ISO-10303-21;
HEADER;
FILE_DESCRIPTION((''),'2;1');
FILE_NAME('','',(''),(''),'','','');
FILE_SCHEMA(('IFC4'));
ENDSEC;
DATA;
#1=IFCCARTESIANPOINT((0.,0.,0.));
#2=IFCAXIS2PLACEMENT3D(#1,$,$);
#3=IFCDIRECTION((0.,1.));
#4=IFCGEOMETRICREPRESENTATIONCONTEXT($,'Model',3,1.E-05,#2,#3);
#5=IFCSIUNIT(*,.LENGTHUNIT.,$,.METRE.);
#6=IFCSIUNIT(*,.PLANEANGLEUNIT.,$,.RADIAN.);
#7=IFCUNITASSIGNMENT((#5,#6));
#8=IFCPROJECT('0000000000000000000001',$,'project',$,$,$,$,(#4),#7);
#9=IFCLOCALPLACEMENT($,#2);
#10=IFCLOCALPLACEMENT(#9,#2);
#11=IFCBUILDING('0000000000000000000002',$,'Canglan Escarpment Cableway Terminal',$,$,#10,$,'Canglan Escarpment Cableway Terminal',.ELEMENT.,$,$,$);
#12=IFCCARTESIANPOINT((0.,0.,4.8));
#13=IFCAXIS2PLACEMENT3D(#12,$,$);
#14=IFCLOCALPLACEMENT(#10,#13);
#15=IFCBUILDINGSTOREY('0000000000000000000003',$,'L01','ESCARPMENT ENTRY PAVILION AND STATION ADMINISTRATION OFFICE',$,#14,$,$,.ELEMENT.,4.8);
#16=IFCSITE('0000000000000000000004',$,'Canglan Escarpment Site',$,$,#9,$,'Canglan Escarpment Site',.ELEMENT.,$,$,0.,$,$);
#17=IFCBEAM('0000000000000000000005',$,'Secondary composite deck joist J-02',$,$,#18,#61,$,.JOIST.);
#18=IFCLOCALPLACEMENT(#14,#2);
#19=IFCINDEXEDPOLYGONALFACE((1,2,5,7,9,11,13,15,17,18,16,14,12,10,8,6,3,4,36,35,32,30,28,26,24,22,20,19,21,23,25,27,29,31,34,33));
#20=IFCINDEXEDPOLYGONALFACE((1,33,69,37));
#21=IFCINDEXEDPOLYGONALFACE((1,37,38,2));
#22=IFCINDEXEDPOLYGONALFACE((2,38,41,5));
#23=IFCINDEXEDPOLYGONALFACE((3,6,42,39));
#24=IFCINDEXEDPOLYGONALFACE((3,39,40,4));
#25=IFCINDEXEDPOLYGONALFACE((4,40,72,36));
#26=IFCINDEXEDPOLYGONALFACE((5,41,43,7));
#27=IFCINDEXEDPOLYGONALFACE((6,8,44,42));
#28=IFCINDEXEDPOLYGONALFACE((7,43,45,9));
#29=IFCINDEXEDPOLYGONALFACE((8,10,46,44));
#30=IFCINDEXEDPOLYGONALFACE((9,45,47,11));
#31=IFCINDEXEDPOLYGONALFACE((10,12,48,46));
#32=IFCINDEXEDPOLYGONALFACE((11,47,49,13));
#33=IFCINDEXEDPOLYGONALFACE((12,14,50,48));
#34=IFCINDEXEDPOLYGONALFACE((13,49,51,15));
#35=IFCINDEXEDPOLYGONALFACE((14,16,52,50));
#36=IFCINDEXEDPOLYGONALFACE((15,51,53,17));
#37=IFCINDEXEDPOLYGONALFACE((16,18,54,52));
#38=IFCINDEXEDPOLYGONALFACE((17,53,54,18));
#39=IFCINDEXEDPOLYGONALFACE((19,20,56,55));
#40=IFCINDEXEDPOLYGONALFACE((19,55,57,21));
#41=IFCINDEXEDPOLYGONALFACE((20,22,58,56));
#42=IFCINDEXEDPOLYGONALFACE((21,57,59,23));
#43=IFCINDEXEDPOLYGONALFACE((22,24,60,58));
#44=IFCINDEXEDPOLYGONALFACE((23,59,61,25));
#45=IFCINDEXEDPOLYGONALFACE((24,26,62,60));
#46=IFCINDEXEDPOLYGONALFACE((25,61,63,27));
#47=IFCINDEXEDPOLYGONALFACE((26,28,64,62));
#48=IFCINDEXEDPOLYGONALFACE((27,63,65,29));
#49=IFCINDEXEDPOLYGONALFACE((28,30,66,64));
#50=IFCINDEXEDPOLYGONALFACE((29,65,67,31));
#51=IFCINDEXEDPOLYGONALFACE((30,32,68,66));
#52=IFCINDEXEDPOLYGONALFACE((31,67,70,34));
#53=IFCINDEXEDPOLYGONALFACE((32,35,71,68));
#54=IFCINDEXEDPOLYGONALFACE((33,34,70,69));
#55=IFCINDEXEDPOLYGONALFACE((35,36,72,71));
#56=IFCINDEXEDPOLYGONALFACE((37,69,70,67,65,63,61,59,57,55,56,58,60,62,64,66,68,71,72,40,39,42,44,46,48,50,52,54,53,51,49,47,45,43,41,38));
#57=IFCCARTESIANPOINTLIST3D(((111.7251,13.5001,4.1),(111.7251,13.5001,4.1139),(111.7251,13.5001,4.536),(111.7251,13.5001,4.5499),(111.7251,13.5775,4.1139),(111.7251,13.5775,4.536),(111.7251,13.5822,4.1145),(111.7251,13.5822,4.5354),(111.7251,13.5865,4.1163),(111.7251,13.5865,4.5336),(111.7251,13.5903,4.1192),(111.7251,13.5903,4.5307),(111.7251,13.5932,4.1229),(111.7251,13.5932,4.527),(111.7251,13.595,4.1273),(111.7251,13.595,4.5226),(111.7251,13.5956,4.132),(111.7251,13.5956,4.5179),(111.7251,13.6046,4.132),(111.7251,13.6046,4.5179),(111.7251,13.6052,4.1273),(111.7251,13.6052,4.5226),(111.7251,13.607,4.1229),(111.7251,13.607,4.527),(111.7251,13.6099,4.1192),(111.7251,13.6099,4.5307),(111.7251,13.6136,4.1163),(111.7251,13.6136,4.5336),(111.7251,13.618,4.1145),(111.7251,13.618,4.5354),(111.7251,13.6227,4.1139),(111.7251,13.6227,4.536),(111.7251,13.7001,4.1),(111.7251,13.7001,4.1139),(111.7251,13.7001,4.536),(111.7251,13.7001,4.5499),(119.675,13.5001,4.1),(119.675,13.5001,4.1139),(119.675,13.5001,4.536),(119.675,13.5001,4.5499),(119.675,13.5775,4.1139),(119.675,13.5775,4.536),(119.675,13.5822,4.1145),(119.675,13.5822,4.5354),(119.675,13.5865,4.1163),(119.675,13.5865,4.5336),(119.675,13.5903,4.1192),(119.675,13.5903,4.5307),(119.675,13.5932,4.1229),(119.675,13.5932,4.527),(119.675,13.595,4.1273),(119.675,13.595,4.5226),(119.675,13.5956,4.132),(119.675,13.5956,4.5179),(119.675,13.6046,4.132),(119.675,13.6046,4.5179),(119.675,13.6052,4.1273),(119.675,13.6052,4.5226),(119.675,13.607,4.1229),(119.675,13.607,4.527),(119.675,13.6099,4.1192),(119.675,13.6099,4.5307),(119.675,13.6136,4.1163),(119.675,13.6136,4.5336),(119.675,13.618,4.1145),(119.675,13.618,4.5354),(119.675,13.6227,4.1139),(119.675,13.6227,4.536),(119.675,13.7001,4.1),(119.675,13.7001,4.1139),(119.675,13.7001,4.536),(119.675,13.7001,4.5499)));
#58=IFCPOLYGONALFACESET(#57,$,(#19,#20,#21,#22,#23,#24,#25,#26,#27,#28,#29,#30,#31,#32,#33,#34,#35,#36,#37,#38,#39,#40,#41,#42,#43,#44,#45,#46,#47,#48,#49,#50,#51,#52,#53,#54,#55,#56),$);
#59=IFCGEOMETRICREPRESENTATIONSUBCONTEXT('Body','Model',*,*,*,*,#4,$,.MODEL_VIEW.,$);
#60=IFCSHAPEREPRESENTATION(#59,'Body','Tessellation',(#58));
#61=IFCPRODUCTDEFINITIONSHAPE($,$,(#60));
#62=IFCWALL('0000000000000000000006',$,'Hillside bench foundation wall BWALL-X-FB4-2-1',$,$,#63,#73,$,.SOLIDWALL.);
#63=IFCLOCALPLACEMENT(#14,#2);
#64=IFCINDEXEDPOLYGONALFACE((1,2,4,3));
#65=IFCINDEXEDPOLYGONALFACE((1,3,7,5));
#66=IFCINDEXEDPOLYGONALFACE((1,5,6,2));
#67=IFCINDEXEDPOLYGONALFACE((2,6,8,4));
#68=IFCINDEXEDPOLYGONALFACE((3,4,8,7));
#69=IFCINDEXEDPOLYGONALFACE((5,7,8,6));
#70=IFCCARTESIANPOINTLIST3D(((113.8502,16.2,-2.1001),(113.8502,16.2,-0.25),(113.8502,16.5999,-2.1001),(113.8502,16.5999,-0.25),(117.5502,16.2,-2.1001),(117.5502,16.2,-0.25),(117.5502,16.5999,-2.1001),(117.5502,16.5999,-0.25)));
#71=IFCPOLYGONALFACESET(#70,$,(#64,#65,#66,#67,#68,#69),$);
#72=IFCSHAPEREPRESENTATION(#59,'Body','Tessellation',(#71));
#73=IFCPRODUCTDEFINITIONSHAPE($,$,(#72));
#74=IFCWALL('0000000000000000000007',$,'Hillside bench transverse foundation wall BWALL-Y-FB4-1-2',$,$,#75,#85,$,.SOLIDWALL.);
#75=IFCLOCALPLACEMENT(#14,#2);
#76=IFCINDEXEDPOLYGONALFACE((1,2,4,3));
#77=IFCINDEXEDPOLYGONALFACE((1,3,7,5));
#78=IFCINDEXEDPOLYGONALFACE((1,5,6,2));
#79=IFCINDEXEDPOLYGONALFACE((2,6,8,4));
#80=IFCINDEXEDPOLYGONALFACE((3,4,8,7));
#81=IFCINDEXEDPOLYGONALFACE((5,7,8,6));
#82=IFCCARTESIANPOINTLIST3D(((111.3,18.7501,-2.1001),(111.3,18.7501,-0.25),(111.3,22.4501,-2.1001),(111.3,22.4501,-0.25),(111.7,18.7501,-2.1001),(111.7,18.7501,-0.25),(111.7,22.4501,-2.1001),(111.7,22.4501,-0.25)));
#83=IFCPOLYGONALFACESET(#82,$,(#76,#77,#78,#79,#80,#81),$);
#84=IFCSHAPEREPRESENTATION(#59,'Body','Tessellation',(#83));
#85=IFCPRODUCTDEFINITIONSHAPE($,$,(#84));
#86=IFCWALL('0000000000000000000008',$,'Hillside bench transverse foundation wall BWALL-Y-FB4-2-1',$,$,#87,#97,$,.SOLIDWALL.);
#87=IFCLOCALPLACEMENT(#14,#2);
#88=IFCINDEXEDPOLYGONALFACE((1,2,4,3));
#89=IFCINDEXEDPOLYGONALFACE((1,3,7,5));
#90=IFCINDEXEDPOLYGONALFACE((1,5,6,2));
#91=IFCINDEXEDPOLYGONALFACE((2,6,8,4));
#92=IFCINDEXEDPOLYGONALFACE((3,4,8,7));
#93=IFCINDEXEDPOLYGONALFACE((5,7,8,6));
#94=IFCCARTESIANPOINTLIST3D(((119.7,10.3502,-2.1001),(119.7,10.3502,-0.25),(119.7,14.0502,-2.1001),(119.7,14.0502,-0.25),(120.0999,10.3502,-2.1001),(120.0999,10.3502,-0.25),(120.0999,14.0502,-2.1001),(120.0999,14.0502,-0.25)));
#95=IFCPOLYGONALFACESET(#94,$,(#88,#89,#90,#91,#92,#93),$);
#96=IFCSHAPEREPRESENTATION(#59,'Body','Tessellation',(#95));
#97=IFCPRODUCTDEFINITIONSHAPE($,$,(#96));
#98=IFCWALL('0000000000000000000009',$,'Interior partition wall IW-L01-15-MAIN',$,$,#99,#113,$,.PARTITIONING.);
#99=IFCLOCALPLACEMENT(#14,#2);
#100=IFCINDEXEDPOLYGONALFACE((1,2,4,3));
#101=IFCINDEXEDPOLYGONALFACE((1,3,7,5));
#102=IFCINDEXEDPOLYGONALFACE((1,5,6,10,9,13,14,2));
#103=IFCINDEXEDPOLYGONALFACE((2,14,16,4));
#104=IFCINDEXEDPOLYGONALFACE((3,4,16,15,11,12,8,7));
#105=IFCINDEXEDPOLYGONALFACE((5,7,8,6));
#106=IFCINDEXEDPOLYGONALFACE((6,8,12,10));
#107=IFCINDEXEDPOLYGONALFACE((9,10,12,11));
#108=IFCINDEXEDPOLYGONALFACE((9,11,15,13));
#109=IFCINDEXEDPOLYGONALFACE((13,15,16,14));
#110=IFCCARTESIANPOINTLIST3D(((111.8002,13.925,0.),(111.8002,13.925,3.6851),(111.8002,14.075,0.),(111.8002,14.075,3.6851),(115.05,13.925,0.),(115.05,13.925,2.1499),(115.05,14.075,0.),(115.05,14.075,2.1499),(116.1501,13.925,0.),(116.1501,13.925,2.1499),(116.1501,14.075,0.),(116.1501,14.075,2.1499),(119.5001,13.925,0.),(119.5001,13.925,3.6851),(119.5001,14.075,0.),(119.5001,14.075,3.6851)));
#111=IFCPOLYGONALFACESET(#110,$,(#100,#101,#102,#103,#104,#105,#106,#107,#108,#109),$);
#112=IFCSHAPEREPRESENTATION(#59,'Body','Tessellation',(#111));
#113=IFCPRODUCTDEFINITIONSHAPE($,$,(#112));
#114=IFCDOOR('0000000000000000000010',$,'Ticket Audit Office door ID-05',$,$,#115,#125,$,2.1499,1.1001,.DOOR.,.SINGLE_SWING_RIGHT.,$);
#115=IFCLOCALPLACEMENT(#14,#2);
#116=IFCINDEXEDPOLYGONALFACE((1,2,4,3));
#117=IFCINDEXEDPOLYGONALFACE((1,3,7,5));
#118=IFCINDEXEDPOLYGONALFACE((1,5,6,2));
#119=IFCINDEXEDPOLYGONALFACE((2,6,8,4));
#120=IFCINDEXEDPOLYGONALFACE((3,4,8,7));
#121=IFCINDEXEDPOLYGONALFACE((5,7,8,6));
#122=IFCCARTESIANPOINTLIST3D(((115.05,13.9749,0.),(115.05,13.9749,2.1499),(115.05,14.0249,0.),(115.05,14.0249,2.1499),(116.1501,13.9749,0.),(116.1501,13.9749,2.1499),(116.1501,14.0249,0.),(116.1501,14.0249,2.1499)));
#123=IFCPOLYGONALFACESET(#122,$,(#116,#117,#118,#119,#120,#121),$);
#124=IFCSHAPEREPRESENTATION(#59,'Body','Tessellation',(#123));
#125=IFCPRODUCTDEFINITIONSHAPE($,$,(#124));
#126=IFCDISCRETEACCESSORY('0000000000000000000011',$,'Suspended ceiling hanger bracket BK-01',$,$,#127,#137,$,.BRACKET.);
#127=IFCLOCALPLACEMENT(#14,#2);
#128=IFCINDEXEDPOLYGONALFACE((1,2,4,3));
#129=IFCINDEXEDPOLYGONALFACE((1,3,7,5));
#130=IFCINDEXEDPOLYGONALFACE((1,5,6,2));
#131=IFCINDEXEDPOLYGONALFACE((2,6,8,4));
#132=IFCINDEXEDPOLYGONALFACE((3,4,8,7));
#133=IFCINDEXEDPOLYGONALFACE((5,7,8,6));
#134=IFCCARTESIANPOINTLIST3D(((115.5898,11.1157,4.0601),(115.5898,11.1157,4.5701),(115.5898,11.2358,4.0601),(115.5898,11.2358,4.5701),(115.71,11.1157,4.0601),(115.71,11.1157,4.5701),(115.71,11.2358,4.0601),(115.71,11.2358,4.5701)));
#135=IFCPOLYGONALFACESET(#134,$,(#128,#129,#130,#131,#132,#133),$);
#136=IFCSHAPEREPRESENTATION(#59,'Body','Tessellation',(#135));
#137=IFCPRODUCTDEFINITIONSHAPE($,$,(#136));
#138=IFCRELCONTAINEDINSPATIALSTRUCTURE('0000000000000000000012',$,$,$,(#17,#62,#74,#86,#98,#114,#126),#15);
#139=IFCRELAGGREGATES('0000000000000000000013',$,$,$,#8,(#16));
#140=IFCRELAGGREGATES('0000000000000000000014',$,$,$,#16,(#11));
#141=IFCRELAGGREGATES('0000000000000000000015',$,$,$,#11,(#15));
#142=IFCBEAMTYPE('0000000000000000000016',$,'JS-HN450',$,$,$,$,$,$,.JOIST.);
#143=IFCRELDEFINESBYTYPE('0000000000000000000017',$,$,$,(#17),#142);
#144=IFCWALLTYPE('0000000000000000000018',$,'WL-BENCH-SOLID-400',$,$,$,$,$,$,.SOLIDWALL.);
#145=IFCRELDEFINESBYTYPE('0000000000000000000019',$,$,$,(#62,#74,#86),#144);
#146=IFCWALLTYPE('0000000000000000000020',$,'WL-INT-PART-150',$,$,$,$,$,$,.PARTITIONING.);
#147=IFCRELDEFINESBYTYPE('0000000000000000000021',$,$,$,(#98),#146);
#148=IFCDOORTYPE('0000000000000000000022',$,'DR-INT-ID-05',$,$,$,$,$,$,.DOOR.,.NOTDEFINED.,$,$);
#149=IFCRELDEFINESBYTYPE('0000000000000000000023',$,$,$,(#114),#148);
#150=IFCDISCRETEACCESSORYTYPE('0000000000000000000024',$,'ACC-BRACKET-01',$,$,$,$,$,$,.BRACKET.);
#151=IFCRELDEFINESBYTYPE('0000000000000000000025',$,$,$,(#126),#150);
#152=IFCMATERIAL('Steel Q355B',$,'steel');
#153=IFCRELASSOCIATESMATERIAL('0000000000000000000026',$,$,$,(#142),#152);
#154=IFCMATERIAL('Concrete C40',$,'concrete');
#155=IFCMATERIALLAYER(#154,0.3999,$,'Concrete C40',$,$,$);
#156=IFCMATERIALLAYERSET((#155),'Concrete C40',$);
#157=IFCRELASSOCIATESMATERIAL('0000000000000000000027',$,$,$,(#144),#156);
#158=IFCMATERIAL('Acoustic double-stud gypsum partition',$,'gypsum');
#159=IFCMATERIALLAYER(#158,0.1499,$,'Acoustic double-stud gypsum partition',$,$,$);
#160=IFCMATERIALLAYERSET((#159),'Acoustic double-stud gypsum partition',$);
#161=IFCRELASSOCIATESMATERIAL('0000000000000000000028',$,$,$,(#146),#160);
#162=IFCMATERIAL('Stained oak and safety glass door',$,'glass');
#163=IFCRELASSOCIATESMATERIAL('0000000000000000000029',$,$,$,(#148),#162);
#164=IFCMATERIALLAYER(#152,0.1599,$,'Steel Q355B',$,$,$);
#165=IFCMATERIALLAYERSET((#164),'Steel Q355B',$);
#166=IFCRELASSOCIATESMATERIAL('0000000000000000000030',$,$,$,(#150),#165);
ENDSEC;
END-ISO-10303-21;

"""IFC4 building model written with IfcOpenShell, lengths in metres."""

from ifc_helpers import new_model, si_unit, direction, frame, frame_2d, origin, origin_2d, place, context, subcontext, project, spatial, rectangle, i_section, extrude, material, layer, layer_set, material_profile, profile_set, type_object, element, fill, save


model = new_model("IFC4")

# Units and contexts
model_context = context("Model", 3, precision=1e-05, world=origin(), true_north=direction((0.0, 1.0)))
body_context = subcontext(model_context, "Body", "Model", "MODEL_VIEW")
ifc_project = project(units=[si_unit("LENGTHUNIT", "METRE"), si_unit("PLANEANGLEUNIT", "RADIAN")], contexts=[model_context])

# Site, building, storey
site_placement = place(None, origin())
site = spatial("IfcSite", under=ifc_project, at=site_placement, Name="Canglan Escarpment Site", LongName="Canglan Escarpment Site", CompositionType="ELEMENT", RefElevation=0.0)
building_placement = place(site_placement, origin())
building = spatial("IfcBuilding", under=site, at=building_placement, Name="Canglan Escarpment Cableway Terminal", LongName="Canglan Escarpment Cableway Terminal", CompositionType="ELEMENT")
storey_placement = place(building_placement, frame((0.0, 0.0, 4.8)))
storey = spatial("IfcBuildingStorey", under=building, at=storey_placement, Name="L01", Description="ESCARPMENT ENTRY PAVILION AND STATION ADMINISTRATION OFFICE", CompositionType="ELEMENT", Elevation=4.8)

# Shared definitions
ifc_material_1 = material(Name="Concrete C40", Category="concrete")

# Beam
ifc_material_2 = material(Name="Steel Q355B", Category="steel")
ifc_material_profile_1 = material_profile(ifc_material_2, i_section(OverallWidth=0.2, OverallDepth=0.45, WebThickness=0.009, FlangeThickness=0.0139, FilletRadius=0.0181, at=origin_2d()), Name="HN 450x200x9x14")
ifc_profile_set_1 = profile_set([ifc_material_profile_1], Name="Steel Q355B")
beam_type_1 = type_object("IfcBeamType", Name="JS-HN450", PredefinedType="JOIST", material=ifc_profile_set_1)
for number, where, z_axis, x_axis, name in (
    (1, (111.7251, 13.6001, 4.325), (1.0, 0.0, 0.0), (0.0, 1.0, 0.0), "Secondary composite deck joist J-02"),
):
    element("IfcBeam", number, at=place(storey_placement, frame(where, z_axis=z_axis, x_axis=x_axis)), inside=storey, type_object=beam_type_1, Name=name, PredefinedType="JOIST", context=body_context, shape_type="SweptSolid", body=[
        extrude(i_section(OverallWidth=0.2, OverallDepth=0.45, WebThickness=0.009, FlangeThickness=0.0139, FilletRadius=0.0181, at=origin_2d()), origin(), (0.0, 0.0, 1.0), 7.95),
    ])

# Walls
ifc_layer_1 = layer(ifc_material_1, 0.3999, Name="Concrete C40")
ifc_layer_set_1 = layer_set([ifc_layer_1], Name="Concrete C40")
wall_type_1 = type_object("IfcWallType", Name="WL-BENCH-SOLID-400", PredefinedType="SOLIDWALL", material=ifc_layer_set_1)
for number, where, z_axis, x_axis, name in (
    (2, (113.8501, 16.3999, -2.1001), (0.0, 0.0, 1.0), (1.0, 0.0, 0.0), "Hillside bench foundation wall BWALL-X-FB4-2-1"),
    (3, (111.5, 18.75, -2.1001), (0.0, 0.0, 1.0), (0.0, 1.0, 0.0), "Hillside bench transverse foundation wall BWALL-Y-FB4-1-2"),
    (4, (119.8999, 10.3501, -2.1001), (0.0, 0.0, 1.0), (0.0, 1.0, 0.0), "Hillside bench transverse foundation wall BWALL-Y-FB4-2-1"),
):
    element("IfcWall", number, at=place(storey_placement, frame(where, z_axis=z_axis, x_axis=x_axis)), inside=storey, type_object=wall_type_1, Name=name, PredefinedType="SOLIDWALL", context=body_context, shape_type="SweptSolid", body=[
        extrude(rectangle(XDim=3.7, YDim=0.3999, at=frame_2d((1.8501, 0.0))), origin(), (0.0, 0.0, 1.0), 1.8501),
    ])

# Wall, opening, door
ifc_material_3 = material(Name="Acoustic double-stud gypsum partition", Category="gypsum")
ifc_layer_2 = layer(ifc_material_3, 0.1499, Name="Acoustic double-stud gypsum partition")
ifc_layer_set_2 = layer_set([ifc_layer_2], Name="Acoustic double-stud gypsum partition")
wall_type_2 = type_object("IfcWallType", Name="WL-INT-PART-150", PredefinedType="PARTITIONING", material=ifc_layer_set_2)
wall_placement = place(storey_placement, frame((111.8, 14.0, 0.0), z_axis=(0.0, 0.0, 1.0), x_axis=(1.0, 0.0, 0.0)))
wall = element("IfcWall", 5, at=wall_placement, inside=storey, type_object=wall_type_2, Name="Interior partition wall IW-L01-15-MAIN", PredefinedType="PARTITIONING", context=body_context, shape_type="SweptSolid", body=[
    extrude(rectangle(XDim=7.7, YDim=0.1499, at=frame_2d((3.8501, 0.0))), origin(), (0.0, 0.0, 1.0), 3.6851),
])
opening_placement = place(wall_placement, frame((3.25, 0.0, 0.0)))
opening = element("IfcOpeningElement", 6, at=opening_placement, cuts=wall, PredefinedType="OPENING", context=body_context, shape_type="SweptSolid", body=[
    extrude(rectangle(XDim=1.1001, YDim=2.1499, at=frame_2d((0.55, 1.075))), frame((0.0, 0.085, 0.0), z_axis=(0.0, -1.0, 0.0), x_axis=(1.0, 0.0, 0.0)), (0.0, 0.0, 1.0), 0.1699),
])
ifc_material_4 = material(Name="Stained oak and safety glass door", Category="glass")
door_type = type_object("IfcDoorType", Name="DR-INT-ID-05", OperationType="NOTDEFINED", PredefinedType="DOOR", material=ifc_material_4)
door_placement = place(opening_placement, origin())
door = element("IfcDoor", 7, at=door_placement, inside=storey, type_object=door_type, Name="Ticket Audit Office door ID-05", OperationType="SINGLE_SWING_RIGHT", OverallHeight=2.1499, OverallWidth=1.1001, PredefinedType="DOOR", context=body_context, shape_type="SweptSolid", body=[
    extrude(rectangle(XDim=1.1001, YDim=2.1499, at=frame_2d((0.55, 1.075))), frame((0.0, 0.0249, 0.0), z_axis=(0.0, -1.0, 0.0), x_axis=(1.0, 0.0, 0.0)), (0.0, 0.0, 1.0), 0.05),
])
fill(opening, door)

# Discrete accessory
ifc_layer_3 = layer(ifc_material_2, 0.1599, Name="Steel Q355B")
ifc_layer_set_3 = layer_set([ifc_layer_3], Name="Steel Q355B")
discrete_accessory_type = type_object("IfcDiscreteAccessoryType", Name="ACC-BRACKET-01", PredefinedType="BRACKET", material=ifc_layer_set_3)
discrete_accessory_placement = place(storey_placement, frame((115.6499, 11.1758, 4.0601), z_axis=(0.0, 0.0, 1.0), x_axis=(1.0, 0.0, 0.0)))
element("IfcDiscreteAccessory", 8, at=discrete_accessory_placement, inside=storey, type_object=discrete_accessory_type, Name="Suspended ceiling hanger bracket BK-01", PredefinedType="BRACKET", context=body_context, shape_type="SweptSolid", body=[
    extrude(rectangle(XDim=0.1201, YDim=0.1201, at=origin_2d()), origin(), (0.0, 0.0, 1.0), 0.51),
])

save(model, "model.ifc")
